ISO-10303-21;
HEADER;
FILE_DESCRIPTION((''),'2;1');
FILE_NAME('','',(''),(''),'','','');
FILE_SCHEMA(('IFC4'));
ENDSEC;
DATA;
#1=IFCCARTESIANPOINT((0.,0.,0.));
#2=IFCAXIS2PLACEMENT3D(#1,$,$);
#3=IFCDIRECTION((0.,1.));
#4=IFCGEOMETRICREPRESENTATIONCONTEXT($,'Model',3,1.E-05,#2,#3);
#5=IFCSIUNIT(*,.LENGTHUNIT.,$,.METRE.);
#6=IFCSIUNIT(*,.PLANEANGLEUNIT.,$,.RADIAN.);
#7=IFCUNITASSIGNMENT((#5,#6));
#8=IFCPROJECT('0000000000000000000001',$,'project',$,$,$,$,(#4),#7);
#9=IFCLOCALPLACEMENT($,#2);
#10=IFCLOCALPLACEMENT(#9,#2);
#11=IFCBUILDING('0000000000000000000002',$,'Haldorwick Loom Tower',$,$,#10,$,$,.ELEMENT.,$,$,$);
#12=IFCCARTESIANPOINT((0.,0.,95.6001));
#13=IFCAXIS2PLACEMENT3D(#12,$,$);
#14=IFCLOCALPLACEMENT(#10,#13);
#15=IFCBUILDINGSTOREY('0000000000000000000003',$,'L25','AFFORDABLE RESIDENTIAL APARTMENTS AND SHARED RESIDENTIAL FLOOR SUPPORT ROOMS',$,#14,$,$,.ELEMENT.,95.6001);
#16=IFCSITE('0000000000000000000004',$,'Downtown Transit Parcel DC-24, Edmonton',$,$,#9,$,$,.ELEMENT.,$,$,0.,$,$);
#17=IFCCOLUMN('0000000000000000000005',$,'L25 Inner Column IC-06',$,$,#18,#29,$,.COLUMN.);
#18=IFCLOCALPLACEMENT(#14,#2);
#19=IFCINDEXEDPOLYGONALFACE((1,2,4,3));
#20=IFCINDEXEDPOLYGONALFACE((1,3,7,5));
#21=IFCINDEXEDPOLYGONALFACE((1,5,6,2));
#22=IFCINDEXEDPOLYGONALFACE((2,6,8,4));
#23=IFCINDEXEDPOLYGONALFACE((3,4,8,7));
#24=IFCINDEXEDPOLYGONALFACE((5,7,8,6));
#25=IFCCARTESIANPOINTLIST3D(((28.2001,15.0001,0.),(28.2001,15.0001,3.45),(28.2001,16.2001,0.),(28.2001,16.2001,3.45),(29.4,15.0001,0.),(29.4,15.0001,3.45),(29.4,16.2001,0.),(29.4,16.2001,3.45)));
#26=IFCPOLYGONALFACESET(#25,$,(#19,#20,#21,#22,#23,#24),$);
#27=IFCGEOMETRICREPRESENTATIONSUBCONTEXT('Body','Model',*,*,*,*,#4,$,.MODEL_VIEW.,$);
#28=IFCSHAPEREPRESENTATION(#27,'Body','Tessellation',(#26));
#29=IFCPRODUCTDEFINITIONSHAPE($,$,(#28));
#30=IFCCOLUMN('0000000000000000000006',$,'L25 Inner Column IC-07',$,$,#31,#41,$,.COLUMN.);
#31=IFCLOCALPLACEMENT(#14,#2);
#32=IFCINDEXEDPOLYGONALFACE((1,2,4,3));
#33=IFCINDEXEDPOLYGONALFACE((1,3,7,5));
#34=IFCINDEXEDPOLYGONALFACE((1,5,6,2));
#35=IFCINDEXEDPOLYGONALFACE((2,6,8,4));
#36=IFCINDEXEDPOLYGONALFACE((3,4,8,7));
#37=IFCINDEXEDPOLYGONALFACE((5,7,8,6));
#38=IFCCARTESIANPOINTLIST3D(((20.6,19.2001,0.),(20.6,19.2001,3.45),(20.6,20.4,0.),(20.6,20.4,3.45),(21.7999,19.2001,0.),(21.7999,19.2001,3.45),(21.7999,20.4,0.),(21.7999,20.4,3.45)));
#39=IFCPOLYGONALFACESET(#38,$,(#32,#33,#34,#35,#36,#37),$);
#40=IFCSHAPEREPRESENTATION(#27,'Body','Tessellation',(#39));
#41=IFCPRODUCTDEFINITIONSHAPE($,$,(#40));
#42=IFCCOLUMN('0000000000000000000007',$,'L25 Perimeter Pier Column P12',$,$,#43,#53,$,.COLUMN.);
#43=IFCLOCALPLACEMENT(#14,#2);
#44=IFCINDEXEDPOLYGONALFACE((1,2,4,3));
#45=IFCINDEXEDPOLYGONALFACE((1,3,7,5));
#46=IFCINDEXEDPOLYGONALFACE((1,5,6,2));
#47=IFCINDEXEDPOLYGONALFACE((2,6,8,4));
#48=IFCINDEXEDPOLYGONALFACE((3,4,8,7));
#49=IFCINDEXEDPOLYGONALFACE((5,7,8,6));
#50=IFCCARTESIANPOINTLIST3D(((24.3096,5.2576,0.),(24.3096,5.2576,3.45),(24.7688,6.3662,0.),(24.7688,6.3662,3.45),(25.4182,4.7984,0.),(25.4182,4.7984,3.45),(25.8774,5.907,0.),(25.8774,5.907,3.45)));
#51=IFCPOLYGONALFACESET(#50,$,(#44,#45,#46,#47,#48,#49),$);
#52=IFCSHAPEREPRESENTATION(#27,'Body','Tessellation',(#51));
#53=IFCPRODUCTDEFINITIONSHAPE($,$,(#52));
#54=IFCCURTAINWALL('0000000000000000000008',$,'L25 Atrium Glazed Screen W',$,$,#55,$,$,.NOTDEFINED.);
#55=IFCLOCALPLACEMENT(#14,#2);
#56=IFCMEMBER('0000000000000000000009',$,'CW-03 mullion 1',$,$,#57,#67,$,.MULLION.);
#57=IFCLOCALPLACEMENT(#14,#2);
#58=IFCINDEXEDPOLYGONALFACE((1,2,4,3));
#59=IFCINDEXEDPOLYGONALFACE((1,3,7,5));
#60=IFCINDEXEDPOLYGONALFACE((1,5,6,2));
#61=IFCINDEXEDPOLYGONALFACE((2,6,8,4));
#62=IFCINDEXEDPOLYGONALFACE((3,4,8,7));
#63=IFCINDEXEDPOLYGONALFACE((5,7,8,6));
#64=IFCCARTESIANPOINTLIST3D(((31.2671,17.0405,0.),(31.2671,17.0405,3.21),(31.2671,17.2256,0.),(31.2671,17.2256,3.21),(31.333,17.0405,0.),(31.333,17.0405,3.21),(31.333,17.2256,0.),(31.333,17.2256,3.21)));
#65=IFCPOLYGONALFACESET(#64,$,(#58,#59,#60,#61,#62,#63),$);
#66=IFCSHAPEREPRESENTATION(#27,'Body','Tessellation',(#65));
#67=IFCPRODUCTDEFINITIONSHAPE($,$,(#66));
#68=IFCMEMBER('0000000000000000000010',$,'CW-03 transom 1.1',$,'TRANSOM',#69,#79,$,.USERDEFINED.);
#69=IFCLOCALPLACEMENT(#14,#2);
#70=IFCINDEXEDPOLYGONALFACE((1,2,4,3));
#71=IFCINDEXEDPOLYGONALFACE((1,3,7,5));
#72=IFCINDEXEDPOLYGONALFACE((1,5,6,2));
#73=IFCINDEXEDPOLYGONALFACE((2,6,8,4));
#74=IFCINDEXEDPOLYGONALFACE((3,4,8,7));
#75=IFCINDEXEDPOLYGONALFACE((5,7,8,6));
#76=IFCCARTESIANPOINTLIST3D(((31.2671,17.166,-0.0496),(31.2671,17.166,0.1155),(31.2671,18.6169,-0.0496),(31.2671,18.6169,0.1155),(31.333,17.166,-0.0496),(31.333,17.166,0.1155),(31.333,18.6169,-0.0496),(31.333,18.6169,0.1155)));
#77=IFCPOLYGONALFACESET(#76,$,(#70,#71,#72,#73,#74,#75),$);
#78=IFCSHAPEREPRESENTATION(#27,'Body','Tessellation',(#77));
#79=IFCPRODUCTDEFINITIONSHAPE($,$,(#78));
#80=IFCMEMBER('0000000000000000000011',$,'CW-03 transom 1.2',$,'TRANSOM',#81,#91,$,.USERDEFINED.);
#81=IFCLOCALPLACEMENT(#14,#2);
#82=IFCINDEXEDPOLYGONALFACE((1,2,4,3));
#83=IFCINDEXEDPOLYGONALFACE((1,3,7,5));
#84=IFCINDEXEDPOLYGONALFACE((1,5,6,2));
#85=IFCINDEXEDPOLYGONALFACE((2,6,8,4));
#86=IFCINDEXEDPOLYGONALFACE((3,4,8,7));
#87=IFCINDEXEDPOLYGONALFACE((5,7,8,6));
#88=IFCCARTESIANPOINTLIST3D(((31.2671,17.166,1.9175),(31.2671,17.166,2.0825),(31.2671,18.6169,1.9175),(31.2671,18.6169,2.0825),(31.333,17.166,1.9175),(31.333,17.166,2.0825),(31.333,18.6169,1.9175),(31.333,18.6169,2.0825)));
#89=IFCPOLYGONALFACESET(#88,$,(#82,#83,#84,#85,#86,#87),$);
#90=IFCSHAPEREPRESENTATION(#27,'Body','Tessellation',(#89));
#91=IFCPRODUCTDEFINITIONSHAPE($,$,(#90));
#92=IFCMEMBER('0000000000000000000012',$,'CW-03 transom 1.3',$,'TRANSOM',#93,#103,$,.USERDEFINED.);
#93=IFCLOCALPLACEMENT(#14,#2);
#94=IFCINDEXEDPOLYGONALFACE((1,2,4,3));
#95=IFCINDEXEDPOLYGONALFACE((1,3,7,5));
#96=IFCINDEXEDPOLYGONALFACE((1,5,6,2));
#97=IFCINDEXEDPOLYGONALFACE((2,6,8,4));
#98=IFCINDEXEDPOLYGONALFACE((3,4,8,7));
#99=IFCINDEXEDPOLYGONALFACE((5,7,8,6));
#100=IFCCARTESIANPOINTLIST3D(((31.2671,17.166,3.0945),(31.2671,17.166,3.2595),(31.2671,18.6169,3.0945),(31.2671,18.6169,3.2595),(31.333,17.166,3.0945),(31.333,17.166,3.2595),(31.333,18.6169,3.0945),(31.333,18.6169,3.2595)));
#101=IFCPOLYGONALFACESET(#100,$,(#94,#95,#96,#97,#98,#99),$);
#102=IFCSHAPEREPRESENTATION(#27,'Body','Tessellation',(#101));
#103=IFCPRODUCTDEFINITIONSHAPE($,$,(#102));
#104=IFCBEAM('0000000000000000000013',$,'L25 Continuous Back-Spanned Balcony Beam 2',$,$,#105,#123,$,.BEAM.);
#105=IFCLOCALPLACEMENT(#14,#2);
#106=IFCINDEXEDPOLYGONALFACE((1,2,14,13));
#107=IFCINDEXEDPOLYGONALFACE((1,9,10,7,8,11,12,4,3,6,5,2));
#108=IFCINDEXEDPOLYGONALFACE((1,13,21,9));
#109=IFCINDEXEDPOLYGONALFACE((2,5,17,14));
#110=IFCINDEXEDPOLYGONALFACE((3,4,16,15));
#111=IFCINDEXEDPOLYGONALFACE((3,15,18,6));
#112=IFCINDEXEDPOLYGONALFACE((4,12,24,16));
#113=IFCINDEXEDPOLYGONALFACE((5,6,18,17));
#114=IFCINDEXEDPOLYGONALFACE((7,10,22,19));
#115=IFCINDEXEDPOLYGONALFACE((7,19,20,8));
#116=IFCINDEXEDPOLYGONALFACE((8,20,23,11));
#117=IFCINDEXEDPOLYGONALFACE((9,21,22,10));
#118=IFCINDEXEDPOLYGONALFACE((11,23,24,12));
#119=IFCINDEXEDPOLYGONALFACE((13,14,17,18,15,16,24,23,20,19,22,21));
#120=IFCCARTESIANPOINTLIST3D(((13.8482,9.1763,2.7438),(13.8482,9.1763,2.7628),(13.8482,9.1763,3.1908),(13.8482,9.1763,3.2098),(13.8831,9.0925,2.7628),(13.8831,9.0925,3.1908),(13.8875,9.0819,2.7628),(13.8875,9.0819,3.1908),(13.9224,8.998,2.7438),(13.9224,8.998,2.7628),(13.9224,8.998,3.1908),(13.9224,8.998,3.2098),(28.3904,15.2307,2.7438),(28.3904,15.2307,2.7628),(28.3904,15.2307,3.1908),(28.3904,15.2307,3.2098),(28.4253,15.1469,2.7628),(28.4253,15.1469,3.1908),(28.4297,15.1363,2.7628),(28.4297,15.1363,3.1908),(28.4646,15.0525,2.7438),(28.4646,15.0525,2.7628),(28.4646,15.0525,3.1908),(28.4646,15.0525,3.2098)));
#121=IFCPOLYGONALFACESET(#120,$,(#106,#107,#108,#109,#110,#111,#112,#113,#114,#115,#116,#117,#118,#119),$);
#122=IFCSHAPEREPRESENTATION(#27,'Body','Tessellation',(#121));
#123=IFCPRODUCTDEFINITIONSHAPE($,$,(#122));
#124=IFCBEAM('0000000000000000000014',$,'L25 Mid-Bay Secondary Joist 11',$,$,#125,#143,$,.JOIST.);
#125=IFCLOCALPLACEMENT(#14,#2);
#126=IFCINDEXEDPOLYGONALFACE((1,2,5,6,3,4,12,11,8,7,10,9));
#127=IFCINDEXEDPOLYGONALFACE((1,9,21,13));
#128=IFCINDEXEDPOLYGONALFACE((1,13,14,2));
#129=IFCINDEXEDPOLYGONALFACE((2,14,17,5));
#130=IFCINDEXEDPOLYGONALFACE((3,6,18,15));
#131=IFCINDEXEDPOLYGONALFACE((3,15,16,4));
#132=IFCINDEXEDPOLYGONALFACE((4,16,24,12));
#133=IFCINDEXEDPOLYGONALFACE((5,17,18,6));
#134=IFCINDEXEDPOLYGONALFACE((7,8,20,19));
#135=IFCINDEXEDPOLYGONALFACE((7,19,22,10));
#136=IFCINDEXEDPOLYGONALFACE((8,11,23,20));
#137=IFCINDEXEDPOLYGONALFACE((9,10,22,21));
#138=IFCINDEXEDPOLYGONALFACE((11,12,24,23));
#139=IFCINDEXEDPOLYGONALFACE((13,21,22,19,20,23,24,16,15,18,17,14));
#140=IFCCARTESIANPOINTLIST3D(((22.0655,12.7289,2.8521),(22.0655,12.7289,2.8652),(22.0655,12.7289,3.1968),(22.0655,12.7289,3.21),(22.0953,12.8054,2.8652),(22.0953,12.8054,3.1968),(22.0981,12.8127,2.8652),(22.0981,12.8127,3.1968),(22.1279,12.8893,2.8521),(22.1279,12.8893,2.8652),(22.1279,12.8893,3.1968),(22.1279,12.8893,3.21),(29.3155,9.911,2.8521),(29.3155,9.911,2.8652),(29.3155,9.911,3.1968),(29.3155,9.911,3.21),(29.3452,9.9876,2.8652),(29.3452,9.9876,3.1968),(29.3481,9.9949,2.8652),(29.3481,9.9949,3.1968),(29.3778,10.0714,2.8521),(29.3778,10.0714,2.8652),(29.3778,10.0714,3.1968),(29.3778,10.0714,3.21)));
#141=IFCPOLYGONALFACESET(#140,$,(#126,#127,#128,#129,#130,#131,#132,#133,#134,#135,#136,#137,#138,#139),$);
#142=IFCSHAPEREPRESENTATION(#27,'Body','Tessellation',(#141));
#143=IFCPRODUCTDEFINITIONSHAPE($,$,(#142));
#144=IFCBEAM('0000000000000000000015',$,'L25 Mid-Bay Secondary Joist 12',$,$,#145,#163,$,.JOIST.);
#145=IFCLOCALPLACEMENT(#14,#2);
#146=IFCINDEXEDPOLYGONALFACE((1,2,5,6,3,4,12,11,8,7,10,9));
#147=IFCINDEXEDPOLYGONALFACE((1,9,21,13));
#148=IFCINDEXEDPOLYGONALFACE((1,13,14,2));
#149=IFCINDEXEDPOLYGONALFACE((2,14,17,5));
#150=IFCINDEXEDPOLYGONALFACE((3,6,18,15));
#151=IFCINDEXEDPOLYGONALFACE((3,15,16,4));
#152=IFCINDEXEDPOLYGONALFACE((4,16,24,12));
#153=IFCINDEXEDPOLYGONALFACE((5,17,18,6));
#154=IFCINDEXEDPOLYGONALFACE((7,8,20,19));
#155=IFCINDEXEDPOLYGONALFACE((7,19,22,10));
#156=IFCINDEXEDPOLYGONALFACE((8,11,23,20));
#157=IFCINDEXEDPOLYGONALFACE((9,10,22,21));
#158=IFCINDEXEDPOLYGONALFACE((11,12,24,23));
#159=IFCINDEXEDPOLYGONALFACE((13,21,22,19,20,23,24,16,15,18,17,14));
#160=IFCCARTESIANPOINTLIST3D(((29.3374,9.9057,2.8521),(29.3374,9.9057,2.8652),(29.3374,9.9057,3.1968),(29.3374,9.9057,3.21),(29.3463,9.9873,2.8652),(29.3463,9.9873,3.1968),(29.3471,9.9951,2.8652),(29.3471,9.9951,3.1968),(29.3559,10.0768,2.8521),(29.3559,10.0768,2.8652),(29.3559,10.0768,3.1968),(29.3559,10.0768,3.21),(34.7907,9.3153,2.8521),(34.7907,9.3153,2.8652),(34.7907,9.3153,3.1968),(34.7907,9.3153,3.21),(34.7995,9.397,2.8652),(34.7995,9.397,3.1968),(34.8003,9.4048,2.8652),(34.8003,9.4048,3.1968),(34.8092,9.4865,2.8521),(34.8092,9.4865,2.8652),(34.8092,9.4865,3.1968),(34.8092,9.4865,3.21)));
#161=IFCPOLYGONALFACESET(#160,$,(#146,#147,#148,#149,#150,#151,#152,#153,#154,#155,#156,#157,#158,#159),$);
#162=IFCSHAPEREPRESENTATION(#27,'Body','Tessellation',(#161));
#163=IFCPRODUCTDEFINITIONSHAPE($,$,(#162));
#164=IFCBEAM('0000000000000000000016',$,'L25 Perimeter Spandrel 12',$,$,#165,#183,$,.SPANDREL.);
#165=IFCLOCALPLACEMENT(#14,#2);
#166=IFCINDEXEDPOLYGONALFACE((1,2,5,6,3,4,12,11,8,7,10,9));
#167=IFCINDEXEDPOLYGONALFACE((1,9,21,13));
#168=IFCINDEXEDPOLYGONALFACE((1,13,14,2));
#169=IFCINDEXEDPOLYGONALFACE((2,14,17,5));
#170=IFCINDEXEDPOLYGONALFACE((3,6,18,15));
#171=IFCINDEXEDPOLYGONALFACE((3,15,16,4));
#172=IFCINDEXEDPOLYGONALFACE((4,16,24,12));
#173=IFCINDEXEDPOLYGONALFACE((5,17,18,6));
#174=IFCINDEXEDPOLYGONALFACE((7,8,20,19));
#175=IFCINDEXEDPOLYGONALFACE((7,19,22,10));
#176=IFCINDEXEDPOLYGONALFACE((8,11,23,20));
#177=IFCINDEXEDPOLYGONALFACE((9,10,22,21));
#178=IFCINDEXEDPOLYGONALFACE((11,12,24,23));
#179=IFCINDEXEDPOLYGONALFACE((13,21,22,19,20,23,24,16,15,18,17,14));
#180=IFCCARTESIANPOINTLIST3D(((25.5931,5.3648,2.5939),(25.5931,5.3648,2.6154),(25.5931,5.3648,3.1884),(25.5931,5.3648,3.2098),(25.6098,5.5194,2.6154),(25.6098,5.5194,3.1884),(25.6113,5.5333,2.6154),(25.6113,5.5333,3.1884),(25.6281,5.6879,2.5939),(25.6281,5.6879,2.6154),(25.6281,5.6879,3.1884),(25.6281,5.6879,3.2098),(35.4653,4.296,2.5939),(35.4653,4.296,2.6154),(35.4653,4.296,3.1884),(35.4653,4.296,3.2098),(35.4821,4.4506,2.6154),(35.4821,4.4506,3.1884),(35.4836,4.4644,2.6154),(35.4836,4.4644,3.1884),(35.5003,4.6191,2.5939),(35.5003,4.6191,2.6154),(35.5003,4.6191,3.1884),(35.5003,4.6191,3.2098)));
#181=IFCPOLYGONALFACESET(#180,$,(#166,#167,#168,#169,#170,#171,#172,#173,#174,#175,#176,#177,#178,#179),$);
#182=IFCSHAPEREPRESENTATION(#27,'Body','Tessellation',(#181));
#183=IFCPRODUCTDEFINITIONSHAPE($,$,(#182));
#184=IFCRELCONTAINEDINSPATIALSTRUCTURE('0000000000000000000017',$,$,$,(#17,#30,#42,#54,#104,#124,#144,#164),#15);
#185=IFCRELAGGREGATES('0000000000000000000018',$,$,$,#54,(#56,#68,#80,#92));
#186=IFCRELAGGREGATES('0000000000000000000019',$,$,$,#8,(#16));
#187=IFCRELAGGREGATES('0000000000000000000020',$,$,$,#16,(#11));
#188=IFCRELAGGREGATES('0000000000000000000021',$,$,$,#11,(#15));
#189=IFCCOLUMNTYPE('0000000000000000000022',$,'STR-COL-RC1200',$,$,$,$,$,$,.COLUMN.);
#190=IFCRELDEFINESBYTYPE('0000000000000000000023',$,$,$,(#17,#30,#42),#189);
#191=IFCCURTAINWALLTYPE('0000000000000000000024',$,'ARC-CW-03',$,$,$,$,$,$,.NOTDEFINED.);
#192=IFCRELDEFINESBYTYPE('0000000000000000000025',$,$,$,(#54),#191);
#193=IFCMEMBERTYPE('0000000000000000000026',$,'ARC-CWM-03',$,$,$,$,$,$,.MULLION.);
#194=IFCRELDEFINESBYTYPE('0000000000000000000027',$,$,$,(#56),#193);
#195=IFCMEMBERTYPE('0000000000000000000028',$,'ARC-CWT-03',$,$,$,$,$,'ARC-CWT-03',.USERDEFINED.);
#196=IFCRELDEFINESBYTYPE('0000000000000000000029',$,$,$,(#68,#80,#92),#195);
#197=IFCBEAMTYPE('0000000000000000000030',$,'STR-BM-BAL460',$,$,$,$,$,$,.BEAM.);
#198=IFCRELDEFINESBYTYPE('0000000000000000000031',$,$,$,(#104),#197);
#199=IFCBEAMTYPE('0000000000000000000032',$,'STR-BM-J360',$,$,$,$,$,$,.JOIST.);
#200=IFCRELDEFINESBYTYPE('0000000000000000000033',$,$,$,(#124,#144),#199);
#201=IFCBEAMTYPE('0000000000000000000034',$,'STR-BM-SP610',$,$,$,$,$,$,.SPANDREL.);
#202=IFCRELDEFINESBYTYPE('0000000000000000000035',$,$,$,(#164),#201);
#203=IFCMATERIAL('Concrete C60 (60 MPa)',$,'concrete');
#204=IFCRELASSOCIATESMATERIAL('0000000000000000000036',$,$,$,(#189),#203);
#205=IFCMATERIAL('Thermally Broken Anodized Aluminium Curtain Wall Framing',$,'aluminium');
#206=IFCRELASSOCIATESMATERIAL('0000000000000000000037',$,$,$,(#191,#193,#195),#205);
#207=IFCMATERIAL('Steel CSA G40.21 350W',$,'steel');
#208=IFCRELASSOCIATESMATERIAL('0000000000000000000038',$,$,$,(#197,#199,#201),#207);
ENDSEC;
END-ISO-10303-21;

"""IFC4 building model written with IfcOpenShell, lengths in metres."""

from ifc_helpers import new_model, si_unit, direction, frame, origin, origin_2d, place, context, subcontext, project, spatial, rectangle, i_section, extrude, material, material_profile, profile_set, type_object, element, aggregate, save


model = new_model("IFC4")

# Units and contexts
model_context = context("Model", 3, precision=1e-05, world=origin(), true_north=direction((0.0, 1.0)))
body_context = subcontext(model_context, "Body", "Model", "MODEL_VIEW")
ifc_project = project(units=[si_unit("LENGTHUNIT", "METRE"), si_unit("PLANEANGLEUNIT", "RADIAN")], contexts=[model_context])

# Site, building, storey
site_placement = place(None, origin())
site = spatial("IfcSite", under=ifc_project, at=site_placement, Name="Downtown Transit Parcel DC-24, Edmonton", CompositionType="ELEMENT", RefElevation=0.0)
building_placement = place(site_placement, origin())
building = spatial("IfcBuilding", under=site, at=building_placement, Name="Haldorwick Loom Tower", CompositionType="ELEMENT")
storey_placement = place(building_placement, frame((0.0, 0.0, 95.6001)))
storey = spatial("IfcBuildingStorey", under=building, at=storey_placement, Name="L25", Description="AFFORDABLE RESIDENTIAL APARTMENTS AND SHARED RESIDENTIAL FLOOR SUPPORT ROOMS", CompositionType="ELEMENT", Elevation=95.6001)

# Columns
ifc_material_1 = material(Name="Concrete C60 (60 MPa)", Category="concrete")
ifc_material_profile_1 = material_profile(ifc_material_1, rectangle(XDim=1.2, YDim=1.2, at=origin_2d()), Name="RC1200X1200", Category="concrete")
ifc_profile_set_1 = profile_set([ifc_material_profile_1], Name="Concrete C60 (60 MPa)")
column_type = type_object("IfcColumnType", Name="STR-COL-RC1200", PredefinedType="COLUMN", material=ifc_profile_set_1)
for number, where, z_axis, x_axis, name in (
    (1, (28.8, 15.6001, 0.0), (0.0, 0.0, 1.0), (1.0, 0.0, 0.0), "L25 Inner Column IC-06"),
    (2, (21.2, 19.8, 0.0), (0.0, 0.0, 1.0), (1.0, 0.0, 0.0), "L25 Inner Column IC-07"),
    (3, (25.0935, 5.5823, 0.0), (0.0, 0.0, 1.0), (-0.382683, -0.92388, 0.0), "L25 Perimeter Pier Column P12"),
):
    element("IfcColumn", number, at=place(storey_placement, frame(where, z_axis=z_axis, x_axis=x_axis)), inside=storey, type_object=column_type, Name=name, PredefinedType="COLUMN", context=body_context, shape_type="SweptSolid", body=[
        extrude(rectangle(XDim=1.2, YDim=1.2, at=origin_2d()), origin(), (0.0, 0.0, 1.0), 3.45),
    ])

# Curtain wall, members
ifc_material_2 = material(Name="Thermally Broken Anodized Aluminium Curtain Wall Framing", Category="aluminium")
curtain_wall_type = type_object("IfcCurtainWallType", Name="ARC-CW-03", PredefinedType="NOTDEFINED", material=ifc_material_2)
curtain_wall_placement = place(storey_placement, origin())
curtain_wall = element("IfcCurtainWall", 4, at=curtain_wall_placement, inside=storey, type_object=curtain_wall_type, Name="L25 Atrium Glazed Screen W", PredefinedType="NOTDEFINED")
ifc_material_profile_2 = material_profile(ifc_material_2, rectangle(XDim=0.0659, YDim=0.1851, at=origin_2d()), Name="ALU_MUL_66X185", Category="aluminium")
ifc_profile_set_2 = profile_set([ifc_material_profile_2], Name="Thermally Broken Anodized Aluminium Curtain Wall Framing")
member_type_1 = type_object("IfcMemberType", Name="ARC-CWM-03", PredefinedType="MULLION", material=ifc_profile_set_2)
member_1_placement = place(storey_placement, frame((31.3, 17.1331, 0.0), z_axis=(0.0, 0.0, 1.0), x_axis=(-1.0, 0.0, 0.0)))
member_1 = element("IfcMember", 5, at=member_1_placement, type_object=member_type_1, Name="CW-03 mullion 1", PredefinedType="MULLION", context=body_context, shape_type="SweptSolid", body=[
    extrude(rectangle(XDim=0.0659, YDim=0.1851, at=origin_2d()), origin(), (0.0, 0.0, 1.0), 3.21),
])
ifc_material_profile_3 = material_profile(ifc_material_2, rectangle(XDim=0.0659, YDim=0.165, at=origin_2d()), Name="ALU_TRN_66X165", Category="aluminium")
ifc_profile_set_3 = profile_set([ifc_material_profile_3], Name="Thermally Broken Anodized Aluminium Curtain Wall Framing")
member_type_2 = type_object("IfcMemberType", Name="ARC-CWT-03", ElementType="ARC-CWT-03", PredefinedType="USERDEFINED", material=ifc_profile_set_3)
member_2_placement = place(storey_placement, frame((31.3, 17.166, 0.033), z_axis=(0.0, 1.0, 0.0), x_axis=(-1.0, 0.0, 0.0)))
member_2 = element("IfcMember", 6, at=member_2_placement, type_object=member_type_2, Name="CW-03 transom 1.1", ObjectType="TRANSOM", PredefinedType="USERDEFINED", context=body_context, shape_type="SweptSolid", body=[
    extrude(rectangle(XDim=0.0659, YDim=0.165, at=origin_2d()), origin(), (0.0, 0.0, 1.0), 1.4509),
])
member_3_placement = place(storey_placement, frame((31.3, 17.166, 2.0), z_axis=(0.0, 1.0, 0.0), x_axis=(-1.0, 0.0, 0.0)))
member_3 = element("IfcMember", 7, at=member_3_placement, type_object=member_type_2, Name="CW-03 transom 1.2", ObjectType="TRANSOM", PredefinedType="USERDEFINED", context=body_context, shape_type="SweptSolid", body=[
    extrude(rectangle(XDim=0.0659, YDim=0.165, at=origin_2d()), origin(), (0.0, 0.0, 1.0), 1.4509),
])
member_4_placement = place(storey_placement, frame((31.3, 17.166, 3.177), z_axis=(0.0, 1.0, 0.0), x_axis=(-1.0, 0.0, 0.0)))
member_4 = element("IfcMember", 8, at=member_4_placement, type_object=member_type_2, Name="CW-03 transom 1.3", ObjectType="TRANSOM", PredefinedType="USERDEFINED", context=body_context, shape_type="SweptSolid", body=[
    extrude(rectangle(XDim=0.0659, YDim=0.165, at=origin_2d()), origin(), (0.0, 0.0, 1.0), 1.4509),
])

# Beams
ifc_material_3 = material(Name="Steel CSA G40.21 350W", Category="steel")
ifc_material_profile_4 = material_profile(ifc_material_3, i_section(OverallWidth=0.1931, OverallDepth=0.4661, WebThickness=0.0115, FlangeThickness=0.019, at=origin_2d()), Name="W460X97", Category="steel")
ifc_profile_set_4 = profile_set([ifc_material_profile_4], Name="Steel CSA G40.21 350W")
beam_type_1 = type_object("IfcBeamType", Name="STR-BM-BAL460", PredefinedType="BEAM", material=ifc_profile_set_4)
beam_1_placement = place(storey_placement, frame((28.4275, 15.1416, 2.9768), z_axis=(-0.923186, -0.384355, 0.0), x_axis=(0.384355, -0.923186, 0.0)))
element("IfcBeam", 9, at=beam_1_placement, inside=storey, type_object=beam_type_1, Name="L25 Continuous Back-Spanned Balcony Beam 2", PredefinedType="BEAM", context=body_context, shape_type="SweptSolid", body=[
    extrude(i_section(OverallWidth=0.1931, OverallDepth=0.4661, WebThickness=0.0115, FlangeThickness=0.019, at=origin_2d()), origin(), (0.0, 0.0, 1.0), 15.7522),
])
ifc_material_profile_5 = material_profile(ifc_material_3, i_section(OverallWidth=0.1721, OverallDepth=0.3579, WebThickness=0.0078, FlangeThickness=0.0132, at=origin_2d()), Name="W360X57", Category="steel")
ifc_profile_set_5 = profile_set([ifc_material_profile_5], Name="Steel CSA G40.21 350W")
beam_type_2 = type_object("IfcBeamType", Name="STR-BM-J360", PredefinedType="JOIST", material=ifc_profile_set_5)
beam_2_placement = place(storey_placement, frame((22.0967, 12.8091, 3.031), z_axis=(0.932073, -0.362271, 0.0), x_axis=(0.362271, 0.932073, 0.0)))
element("IfcBeam", 10, at=beam_2_placement, inside=storey, type_object=beam_type_2, Name="L25 Mid-Bay Secondary Joist 11", PredefinedType="JOIST", context=body_context, shape_type="SweptSolid", body=[
    extrude(i_section(OverallWidth=0.1721, OverallDepth=0.3579, WebThickness=0.0078, FlangeThickness=0.0132, at=origin_2d()), origin(), (0.0, 0.0, 1.0), 7.7783),
])
beam_3_placement = place(storey_placement, frame((29.3467, 9.9912, 3.031), z_axis=(0.994192, -0.107622, 0.0), x_axis=(0.107622, 0.994192, 0.0)))
element("IfcBeam", 11, at=beam_3_placement, inside=storey, type_object=beam_type_2, Name="L25 Mid-Bay Secondary Joist 12", PredefinedType="JOIST", context=body_context, shape_type="SweptSolid", body=[
    extrude(i_section(OverallWidth=0.1721, OverallDepth=0.3579, WebThickness=0.0078, FlangeThickness=0.0132, at=origin_2d()), origin(), (0.0, 0.0, 1.0), 5.4851),
])
ifc_material_profile_6 = material_profile(ifc_material_3, i_section(OverallWidth=0.325, OverallDepth=0.616, WebThickness=0.0139, FlangeThickness=0.0215, at=origin_2d()), Name="W610X174", Category="steel")
ifc_profile_set_6 = profile_set([ifc_material_profile_6], Name="Steel CSA G40.21 350W")
beam_type_3 = type_object("IfcBeamType", Name="STR-BM-SP610", PredefinedType="SPANDREL", material=ifc_profile_set_6)
beam_4_placement = place(storey_placement, frame((25.6106, 5.5264, 2.9019), z_axis=(0.99419, -0.107638, 0.0), x_axis=(0.107638, 0.99419, 0.0)))
element("IfcBeam", 12, at=beam_4_placement, inside=storey, type_object=beam_type_3, Name="L25 Perimeter Spandrel 12", PredefinedType="SPANDREL", context=body_context, shape_type="SweptSolid", body=[
    extrude(i_section(OverallWidth=0.325, OverallDepth=0.616, WebThickness=0.0139, FlangeThickness=0.0215, at=origin_2d()), origin(), (0.0, 0.0, 1.0), 9.9299),
])

aggregate(curtain_wall, [member_1, member_2, member_3, member_4])

save(model, "model.ifc")
